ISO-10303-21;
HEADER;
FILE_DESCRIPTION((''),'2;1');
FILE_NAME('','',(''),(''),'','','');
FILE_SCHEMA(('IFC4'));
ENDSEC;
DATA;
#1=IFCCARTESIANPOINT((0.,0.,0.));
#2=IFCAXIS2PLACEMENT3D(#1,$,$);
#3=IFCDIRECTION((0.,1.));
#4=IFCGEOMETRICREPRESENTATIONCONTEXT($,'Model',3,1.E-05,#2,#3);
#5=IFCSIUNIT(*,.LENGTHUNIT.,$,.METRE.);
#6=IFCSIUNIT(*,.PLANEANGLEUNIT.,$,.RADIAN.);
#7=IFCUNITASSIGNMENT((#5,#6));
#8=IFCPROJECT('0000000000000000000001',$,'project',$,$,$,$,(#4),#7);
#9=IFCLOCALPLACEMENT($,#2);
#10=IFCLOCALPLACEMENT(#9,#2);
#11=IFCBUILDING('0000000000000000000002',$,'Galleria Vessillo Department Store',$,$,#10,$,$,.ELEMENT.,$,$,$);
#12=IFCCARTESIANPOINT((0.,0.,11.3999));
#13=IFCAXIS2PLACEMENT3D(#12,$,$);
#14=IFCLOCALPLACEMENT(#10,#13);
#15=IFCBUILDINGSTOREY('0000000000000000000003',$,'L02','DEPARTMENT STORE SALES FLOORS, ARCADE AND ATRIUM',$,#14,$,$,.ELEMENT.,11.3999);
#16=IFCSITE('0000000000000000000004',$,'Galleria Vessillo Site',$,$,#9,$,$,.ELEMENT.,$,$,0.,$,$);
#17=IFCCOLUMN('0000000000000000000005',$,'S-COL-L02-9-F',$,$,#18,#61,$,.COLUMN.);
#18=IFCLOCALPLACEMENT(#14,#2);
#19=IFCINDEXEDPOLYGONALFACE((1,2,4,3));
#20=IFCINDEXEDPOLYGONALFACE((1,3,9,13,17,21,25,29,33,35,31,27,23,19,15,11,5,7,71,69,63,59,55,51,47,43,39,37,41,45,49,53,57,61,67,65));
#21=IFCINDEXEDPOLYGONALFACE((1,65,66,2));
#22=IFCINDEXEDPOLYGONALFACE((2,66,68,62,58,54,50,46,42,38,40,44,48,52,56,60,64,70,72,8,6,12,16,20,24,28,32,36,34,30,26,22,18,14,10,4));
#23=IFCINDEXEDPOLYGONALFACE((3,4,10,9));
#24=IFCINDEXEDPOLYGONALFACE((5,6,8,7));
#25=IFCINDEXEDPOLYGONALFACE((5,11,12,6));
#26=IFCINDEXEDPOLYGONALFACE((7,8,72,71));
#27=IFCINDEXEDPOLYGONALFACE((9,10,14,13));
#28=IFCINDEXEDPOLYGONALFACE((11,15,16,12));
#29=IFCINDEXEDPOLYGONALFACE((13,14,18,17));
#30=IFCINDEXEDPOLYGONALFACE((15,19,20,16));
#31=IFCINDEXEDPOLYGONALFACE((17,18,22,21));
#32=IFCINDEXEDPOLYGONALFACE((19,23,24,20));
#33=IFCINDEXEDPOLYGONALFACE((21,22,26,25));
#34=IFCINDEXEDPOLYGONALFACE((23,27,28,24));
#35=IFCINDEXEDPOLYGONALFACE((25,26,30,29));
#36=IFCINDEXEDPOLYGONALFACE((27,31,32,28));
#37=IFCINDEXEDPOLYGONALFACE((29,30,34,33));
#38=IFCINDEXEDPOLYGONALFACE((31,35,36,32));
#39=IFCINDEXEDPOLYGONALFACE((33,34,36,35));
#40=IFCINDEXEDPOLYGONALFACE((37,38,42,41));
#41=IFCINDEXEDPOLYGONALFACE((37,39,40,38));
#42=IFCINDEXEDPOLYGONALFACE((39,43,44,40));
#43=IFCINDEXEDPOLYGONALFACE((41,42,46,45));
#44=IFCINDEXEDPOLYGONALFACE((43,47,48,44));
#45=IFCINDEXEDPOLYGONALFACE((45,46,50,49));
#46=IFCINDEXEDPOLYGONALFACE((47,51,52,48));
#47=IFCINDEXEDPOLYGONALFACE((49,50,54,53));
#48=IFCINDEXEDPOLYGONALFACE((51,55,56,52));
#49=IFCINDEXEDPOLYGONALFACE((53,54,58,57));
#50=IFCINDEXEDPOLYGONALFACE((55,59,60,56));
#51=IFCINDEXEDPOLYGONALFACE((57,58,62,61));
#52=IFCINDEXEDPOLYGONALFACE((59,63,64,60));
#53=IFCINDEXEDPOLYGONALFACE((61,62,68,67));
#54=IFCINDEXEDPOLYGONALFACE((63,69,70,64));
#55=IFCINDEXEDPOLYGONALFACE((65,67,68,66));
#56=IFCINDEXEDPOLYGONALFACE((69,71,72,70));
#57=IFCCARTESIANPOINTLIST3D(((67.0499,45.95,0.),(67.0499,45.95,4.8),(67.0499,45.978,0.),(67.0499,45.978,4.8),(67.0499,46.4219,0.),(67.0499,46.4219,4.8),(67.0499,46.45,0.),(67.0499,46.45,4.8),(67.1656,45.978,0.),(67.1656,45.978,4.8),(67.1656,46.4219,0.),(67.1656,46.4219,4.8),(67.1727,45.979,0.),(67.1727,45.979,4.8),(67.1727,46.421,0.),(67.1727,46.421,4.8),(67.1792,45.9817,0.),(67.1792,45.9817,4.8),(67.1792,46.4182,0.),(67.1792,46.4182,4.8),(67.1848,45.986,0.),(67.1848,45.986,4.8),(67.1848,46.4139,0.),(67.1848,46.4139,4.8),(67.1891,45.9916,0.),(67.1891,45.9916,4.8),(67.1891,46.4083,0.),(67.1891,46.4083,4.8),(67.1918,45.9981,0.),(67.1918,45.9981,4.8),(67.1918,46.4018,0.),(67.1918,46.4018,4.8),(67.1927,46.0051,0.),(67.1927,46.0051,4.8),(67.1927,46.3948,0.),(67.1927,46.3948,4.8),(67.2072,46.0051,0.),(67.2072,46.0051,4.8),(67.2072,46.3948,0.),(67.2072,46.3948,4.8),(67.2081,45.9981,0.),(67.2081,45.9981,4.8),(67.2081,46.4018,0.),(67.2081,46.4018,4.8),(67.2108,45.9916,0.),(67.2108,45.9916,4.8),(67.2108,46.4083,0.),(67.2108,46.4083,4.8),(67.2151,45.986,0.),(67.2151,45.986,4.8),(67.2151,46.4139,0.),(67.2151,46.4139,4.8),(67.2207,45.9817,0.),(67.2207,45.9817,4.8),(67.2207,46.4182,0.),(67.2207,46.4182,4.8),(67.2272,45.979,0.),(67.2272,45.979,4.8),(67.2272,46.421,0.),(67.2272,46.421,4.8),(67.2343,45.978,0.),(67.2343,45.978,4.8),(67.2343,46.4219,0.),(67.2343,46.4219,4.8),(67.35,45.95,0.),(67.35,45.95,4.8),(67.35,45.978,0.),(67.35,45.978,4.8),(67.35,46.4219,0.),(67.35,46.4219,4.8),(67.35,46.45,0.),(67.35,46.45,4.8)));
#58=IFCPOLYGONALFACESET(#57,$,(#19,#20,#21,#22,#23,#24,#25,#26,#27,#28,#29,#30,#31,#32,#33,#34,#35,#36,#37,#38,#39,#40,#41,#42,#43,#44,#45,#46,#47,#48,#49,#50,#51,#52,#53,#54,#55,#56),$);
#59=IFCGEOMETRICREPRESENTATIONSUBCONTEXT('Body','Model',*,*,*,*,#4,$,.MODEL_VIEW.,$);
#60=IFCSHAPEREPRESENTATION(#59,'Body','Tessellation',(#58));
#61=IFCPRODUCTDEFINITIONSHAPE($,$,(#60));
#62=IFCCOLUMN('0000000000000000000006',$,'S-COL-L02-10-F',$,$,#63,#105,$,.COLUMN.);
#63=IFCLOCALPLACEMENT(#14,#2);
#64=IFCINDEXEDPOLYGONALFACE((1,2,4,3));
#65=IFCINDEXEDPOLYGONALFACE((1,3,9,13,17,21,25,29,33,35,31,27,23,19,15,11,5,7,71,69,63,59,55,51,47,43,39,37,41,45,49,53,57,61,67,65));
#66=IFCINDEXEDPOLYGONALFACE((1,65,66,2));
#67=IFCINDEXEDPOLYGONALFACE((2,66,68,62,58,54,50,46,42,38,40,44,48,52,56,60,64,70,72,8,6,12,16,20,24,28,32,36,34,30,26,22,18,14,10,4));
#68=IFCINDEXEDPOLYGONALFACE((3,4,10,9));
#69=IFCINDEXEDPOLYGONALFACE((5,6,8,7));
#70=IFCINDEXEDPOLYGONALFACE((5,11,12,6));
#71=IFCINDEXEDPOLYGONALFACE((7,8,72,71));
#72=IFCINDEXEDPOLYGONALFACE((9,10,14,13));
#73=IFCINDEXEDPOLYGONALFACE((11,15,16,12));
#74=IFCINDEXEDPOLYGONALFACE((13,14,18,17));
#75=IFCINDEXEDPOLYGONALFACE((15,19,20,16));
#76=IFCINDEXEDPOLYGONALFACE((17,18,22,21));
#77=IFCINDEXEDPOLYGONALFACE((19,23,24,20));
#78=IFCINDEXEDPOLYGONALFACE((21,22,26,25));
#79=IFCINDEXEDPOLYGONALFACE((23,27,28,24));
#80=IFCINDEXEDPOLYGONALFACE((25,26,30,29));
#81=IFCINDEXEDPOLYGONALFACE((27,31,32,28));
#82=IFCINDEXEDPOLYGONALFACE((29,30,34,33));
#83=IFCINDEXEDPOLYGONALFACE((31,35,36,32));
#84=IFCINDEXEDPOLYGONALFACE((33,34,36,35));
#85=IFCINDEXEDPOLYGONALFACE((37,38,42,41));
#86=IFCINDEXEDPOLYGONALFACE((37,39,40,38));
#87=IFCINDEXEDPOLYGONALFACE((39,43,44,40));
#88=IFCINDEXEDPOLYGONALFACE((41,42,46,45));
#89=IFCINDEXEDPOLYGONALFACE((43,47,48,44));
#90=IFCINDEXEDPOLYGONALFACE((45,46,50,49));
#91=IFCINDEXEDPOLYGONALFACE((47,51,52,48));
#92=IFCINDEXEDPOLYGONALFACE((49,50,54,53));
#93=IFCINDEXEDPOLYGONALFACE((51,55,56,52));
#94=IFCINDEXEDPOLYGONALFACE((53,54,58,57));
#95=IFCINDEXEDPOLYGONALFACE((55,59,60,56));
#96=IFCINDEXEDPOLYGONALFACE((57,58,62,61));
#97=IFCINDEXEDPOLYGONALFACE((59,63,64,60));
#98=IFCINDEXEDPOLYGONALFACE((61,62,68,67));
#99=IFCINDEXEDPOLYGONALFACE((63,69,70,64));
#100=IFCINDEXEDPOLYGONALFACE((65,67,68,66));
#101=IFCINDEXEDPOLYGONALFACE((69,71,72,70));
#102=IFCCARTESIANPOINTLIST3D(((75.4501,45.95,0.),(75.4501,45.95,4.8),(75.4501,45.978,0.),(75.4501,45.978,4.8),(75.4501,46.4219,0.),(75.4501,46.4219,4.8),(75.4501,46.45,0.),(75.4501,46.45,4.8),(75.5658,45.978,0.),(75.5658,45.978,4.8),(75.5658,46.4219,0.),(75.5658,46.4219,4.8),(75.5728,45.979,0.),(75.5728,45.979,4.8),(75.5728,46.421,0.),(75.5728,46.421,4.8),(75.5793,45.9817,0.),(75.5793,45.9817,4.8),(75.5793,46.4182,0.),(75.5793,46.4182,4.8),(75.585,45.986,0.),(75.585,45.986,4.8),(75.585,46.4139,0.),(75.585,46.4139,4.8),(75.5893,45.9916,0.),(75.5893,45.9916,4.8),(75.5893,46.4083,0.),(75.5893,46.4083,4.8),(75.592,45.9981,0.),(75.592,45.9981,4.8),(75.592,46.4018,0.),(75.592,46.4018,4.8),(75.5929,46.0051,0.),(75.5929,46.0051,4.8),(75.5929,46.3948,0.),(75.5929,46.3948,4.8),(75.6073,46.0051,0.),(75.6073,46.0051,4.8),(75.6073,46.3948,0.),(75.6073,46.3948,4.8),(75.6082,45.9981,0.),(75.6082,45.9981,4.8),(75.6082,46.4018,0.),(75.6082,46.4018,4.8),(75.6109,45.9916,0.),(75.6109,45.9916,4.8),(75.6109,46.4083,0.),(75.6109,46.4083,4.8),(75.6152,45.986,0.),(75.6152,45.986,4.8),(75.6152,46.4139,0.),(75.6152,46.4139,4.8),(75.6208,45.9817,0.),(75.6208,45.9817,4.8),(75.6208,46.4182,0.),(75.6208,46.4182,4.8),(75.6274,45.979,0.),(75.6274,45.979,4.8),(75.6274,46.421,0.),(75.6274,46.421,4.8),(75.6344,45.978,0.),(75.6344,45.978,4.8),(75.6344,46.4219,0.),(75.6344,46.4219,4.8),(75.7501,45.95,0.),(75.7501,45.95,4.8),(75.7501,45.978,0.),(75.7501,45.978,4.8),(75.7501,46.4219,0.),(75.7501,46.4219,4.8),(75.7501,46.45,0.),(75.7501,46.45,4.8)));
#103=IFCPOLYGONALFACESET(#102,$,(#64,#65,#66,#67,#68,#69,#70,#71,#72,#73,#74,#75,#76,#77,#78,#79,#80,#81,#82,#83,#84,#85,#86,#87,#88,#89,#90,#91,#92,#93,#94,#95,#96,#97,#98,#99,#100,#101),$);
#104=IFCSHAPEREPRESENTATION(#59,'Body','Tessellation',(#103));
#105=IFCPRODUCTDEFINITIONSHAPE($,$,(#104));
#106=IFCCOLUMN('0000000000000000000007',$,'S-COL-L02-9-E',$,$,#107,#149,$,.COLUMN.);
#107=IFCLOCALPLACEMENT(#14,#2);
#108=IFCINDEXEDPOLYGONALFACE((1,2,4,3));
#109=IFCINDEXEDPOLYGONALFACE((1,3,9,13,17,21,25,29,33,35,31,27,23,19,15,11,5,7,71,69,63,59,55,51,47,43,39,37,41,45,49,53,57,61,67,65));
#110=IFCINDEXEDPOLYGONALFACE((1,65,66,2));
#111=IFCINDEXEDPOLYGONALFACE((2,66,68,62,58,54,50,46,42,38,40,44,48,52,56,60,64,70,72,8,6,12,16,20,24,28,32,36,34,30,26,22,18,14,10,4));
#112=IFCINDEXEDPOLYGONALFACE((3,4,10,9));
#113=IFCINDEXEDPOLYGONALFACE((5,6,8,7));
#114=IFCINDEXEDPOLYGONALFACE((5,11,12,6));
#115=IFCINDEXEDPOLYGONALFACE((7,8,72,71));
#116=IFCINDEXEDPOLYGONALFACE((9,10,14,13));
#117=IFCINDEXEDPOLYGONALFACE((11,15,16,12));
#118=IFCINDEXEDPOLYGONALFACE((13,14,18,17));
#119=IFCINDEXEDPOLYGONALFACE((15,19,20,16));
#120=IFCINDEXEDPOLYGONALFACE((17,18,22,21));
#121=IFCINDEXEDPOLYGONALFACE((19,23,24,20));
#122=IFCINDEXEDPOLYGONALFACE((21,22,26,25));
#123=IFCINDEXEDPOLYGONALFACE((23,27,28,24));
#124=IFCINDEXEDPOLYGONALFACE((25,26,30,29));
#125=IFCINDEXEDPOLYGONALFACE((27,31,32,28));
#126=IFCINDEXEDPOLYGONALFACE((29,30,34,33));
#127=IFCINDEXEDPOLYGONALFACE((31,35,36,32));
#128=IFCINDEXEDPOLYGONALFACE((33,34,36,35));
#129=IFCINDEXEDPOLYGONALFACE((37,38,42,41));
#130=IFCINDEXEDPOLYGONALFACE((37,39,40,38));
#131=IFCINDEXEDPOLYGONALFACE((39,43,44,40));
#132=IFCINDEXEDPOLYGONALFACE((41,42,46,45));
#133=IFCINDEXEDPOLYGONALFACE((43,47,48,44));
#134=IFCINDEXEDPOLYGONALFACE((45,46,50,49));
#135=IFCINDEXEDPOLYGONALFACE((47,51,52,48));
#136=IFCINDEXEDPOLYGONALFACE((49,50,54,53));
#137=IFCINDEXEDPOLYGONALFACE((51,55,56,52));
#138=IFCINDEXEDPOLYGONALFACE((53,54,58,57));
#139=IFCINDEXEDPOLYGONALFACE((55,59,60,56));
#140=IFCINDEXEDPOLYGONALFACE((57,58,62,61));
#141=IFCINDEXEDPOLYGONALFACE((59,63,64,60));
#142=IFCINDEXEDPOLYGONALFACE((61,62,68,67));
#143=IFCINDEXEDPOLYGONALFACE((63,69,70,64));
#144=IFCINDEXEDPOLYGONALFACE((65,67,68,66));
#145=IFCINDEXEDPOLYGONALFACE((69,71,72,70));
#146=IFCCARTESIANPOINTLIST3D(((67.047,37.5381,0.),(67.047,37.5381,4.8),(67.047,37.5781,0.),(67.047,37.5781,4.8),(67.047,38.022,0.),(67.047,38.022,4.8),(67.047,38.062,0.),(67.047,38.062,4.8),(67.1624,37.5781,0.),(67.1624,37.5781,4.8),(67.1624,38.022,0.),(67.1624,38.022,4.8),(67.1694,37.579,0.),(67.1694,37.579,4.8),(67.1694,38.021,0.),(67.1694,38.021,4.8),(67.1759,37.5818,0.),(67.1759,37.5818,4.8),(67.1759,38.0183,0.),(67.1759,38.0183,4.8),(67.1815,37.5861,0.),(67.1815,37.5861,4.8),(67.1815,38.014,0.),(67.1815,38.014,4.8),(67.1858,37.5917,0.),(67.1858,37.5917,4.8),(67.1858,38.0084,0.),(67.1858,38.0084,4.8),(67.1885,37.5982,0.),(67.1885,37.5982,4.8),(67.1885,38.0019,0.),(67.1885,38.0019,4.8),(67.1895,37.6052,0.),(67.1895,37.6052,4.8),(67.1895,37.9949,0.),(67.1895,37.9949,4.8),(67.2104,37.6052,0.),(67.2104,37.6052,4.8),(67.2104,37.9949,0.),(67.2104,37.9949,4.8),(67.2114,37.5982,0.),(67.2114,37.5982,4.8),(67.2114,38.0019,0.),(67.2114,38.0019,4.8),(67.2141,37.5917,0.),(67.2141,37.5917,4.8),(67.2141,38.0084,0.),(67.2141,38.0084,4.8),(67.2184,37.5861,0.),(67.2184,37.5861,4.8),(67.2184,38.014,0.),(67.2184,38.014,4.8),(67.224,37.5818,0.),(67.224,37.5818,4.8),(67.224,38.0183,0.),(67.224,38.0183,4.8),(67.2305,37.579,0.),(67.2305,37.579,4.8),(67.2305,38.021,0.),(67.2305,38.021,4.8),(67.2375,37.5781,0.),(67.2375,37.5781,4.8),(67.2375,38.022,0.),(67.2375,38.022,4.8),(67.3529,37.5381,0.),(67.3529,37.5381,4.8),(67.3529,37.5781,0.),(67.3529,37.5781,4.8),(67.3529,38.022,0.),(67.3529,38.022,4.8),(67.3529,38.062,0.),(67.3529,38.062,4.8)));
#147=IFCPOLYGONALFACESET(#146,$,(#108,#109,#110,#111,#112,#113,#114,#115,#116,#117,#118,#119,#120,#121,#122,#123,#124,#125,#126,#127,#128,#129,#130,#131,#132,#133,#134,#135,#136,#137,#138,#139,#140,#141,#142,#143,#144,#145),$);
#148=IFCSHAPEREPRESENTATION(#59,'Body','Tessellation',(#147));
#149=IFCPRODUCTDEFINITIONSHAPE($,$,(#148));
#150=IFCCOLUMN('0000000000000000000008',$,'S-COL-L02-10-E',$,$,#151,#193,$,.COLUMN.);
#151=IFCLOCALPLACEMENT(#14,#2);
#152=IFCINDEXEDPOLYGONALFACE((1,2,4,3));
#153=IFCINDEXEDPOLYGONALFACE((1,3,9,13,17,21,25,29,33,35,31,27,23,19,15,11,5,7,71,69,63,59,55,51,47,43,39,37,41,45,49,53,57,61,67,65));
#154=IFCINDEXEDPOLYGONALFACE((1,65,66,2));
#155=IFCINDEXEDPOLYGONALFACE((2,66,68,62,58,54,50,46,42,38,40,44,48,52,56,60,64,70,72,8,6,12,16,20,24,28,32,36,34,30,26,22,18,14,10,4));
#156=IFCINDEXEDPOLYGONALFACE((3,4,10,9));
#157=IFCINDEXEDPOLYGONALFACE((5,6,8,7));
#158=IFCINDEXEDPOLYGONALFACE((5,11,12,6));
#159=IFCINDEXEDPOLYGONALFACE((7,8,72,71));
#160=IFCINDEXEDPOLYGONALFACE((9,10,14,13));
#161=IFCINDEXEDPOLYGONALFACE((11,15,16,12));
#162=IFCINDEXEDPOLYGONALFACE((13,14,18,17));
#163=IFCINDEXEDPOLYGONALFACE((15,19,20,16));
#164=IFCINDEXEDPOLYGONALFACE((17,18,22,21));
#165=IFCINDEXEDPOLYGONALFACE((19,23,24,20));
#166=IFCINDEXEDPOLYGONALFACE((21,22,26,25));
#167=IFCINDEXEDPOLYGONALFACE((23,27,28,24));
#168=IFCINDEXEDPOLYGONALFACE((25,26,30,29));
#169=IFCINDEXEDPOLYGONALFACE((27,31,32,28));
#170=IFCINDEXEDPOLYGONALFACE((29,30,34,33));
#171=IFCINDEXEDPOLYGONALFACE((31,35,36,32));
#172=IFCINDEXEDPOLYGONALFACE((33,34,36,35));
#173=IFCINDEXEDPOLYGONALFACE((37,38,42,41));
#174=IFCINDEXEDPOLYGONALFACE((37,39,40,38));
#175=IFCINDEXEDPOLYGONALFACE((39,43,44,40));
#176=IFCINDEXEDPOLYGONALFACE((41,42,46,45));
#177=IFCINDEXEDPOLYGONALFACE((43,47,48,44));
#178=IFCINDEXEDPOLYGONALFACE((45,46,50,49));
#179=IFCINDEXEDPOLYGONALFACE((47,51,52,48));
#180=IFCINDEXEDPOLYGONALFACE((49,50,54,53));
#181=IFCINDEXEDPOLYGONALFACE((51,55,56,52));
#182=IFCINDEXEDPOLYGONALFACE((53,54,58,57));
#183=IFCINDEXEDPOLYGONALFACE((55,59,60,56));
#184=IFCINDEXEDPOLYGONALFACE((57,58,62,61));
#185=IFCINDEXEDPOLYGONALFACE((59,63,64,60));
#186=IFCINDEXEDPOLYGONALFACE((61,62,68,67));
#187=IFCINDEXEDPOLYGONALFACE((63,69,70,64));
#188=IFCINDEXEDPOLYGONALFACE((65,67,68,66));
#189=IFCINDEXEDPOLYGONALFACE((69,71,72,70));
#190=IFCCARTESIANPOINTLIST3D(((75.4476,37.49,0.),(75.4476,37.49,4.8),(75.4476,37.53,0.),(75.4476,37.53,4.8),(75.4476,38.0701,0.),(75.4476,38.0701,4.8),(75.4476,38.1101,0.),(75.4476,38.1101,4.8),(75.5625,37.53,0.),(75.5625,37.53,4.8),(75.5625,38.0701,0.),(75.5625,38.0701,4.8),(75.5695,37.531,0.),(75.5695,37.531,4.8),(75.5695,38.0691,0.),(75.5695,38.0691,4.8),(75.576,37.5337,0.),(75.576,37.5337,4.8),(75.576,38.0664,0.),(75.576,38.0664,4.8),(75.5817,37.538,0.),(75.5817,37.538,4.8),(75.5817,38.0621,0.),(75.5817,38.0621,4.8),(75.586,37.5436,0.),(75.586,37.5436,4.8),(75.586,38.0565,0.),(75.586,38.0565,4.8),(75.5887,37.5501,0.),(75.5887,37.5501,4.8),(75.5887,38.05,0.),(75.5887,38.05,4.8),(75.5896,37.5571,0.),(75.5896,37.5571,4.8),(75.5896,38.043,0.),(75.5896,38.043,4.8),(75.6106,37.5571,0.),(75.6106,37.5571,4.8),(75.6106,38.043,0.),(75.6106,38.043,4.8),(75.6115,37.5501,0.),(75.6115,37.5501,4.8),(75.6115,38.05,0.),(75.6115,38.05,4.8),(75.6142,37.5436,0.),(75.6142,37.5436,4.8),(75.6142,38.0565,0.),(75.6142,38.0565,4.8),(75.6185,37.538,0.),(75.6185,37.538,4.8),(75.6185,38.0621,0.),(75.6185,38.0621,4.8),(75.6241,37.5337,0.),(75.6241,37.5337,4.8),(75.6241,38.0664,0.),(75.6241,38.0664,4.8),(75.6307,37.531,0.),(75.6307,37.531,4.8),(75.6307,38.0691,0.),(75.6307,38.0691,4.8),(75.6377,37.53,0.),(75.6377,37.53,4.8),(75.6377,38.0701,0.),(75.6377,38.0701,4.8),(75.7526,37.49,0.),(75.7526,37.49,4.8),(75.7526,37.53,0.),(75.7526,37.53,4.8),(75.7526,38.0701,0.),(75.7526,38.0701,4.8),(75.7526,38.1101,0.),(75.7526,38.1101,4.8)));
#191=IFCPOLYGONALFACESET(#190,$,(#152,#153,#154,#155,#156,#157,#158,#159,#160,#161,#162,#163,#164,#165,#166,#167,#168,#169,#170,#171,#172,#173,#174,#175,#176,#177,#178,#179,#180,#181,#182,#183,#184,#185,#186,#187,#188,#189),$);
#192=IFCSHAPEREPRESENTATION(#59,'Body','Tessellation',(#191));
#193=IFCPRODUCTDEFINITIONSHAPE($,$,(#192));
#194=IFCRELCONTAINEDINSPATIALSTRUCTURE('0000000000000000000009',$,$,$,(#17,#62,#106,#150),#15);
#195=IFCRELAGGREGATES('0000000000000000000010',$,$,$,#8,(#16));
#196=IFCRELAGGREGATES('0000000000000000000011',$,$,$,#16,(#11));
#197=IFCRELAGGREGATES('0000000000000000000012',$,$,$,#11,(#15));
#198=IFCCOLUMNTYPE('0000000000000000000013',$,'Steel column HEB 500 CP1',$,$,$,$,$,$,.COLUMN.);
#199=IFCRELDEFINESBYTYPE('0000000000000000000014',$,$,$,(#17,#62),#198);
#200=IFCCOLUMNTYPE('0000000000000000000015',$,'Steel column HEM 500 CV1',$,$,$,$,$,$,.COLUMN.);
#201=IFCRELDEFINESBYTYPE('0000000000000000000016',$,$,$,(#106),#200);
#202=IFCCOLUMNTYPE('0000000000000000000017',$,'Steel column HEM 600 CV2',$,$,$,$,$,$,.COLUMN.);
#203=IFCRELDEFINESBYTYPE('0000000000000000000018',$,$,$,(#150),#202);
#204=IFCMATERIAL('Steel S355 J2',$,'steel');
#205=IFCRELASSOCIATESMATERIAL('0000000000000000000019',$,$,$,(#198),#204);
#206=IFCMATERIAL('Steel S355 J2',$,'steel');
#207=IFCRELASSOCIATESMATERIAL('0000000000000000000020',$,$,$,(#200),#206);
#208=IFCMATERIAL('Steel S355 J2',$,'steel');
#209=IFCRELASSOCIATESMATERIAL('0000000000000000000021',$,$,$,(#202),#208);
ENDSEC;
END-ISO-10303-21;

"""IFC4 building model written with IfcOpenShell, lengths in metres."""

from ifc_helpers import new_model, si_unit, direction, frame, origin, origin_2d, place, context, subcontext, project, spatial, i_section, extrude, material, material_profile, profile_set, type_object, element, save


model = new_model("IFC4")

# Units and contexts
model_context = context("Model", 3, precision=1e-05, world=origin(), true_north=direction((0.0, 1.0)))
body_context = subcontext(model_context, "Body", "Model", "MODEL_VIEW")
ifc_project = project(units=[si_unit("LENGTHUNIT", "METRE"), si_unit("PLANEANGLEUNIT", "RADIAN")], contexts=[model_context])

# Site, building, storey
site_placement = place(None, origin())
site = spatial("IfcSite", under=ifc_project, at=site_placement, Name="Galleria Vessillo Site", CompositionType="ELEMENT", RefElevation=0.0)
building_placement = place(site_placement, origin())
building = spatial("IfcBuilding", under=site, at=building_placement, Name="Galleria Vessillo Department Store", CompositionType="ELEMENT")
storey_placement = place(building_placement, frame((0.0, 0.0, 11.3999)))
storey = spatial("IfcBuildingStorey", under=building, at=storey_placement, Name="L02", Description="DEPARTMENT STORE SALES FLOORS, ARCADE AND ATRIUM", CompositionType="ELEMENT", Elevation=11.3999)

# Columns
ifc_material_1 = material(Name="Steel S355 J2", Category="steel")
ifc_material_profile_1 = material_profile(ifc_material_1, i_section(OverallWidth=0.3, OverallDepth=0.5, WebThickness=0.0144, FlangeThickness=0.0281, FilletRadius=0.0271, at=origin_2d()), Name="HEB 500")
ifc_profile_set_1 = profile_set([ifc_material_profile_1], Name="Steel S355 J2")
column_type_1 = type_object("IfcColumnType", Name="Steel column HEB 500 CP1", PredefinedType="COLUMN", material=ifc_profile_set_1)
for number, where, z_axis, x_axis, name in (
    (1, (67.2, 46.2, 0.0), (0.0, 0.0, 1.0), (1.0, 0.0, 0.0), "S-COL-L02-9-F"),
    (2, (75.6001, 46.2, 0.0), (0.0, 0.0, 1.0), (1.0, 0.0, 0.0), "S-COL-L02-10-F"),
):
    element("IfcColumn", number, at=place(storey_placement, frame(where, z_axis=z_axis, x_axis=x_axis)), inside=storey, type_object=column_type_1, Name=name, PredefinedType="COLUMN", context=body_context, shape_type="SweptSolid", body=[
        extrude(i_section(OverallWidth=0.3, OverallDepth=0.5, WebThickness=0.0144, FlangeThickness=0.0281, FilletRadius=0.0271, at=origin_2d()), origin(), (0.0, 0.0, 1.0), 4.8),
    ])
ifc_material_2 = material(Name="Steel S355 J2", Category="steel")
ifc_material_profile_2 = material_profile(ifc_material_2, i_section(OverallWidth=0.3059, OverallDepth=0.5239, WebThickness=0.021, FlangeThickness=0.04, FilletRadius=0.0271, at=origin_2d()), Name="HEM 500")
ifc_profile_set_2 = profile_set([ifc_material_profile_2], Name="Steel S355 J2")
column_type_2 = type_object("IfcColumnType", Name="Steel column HEM 500 CV1", PredefinedType="COLUMN", material=ifc_profile_set_2)
column_1_placement = place(storey_placement, frame((67.2, 37.8, 0.0), z_axis=(0.0, 0.0, 1.0), x_axis=(1.0, 0.0, 0.0)))
element("IfcColumn", 3, at=column_1_placement, inside=storey, type_object=column_type_2, Name="S-COL-L02-9-E", PredefinedType="COLUMN", context=body_context, shape_type="SweptSolid", body=[
    extrude(i_section(OverallWidth=0.3059, OverallDepth=0.5239, WebThickness=0.021, FlangeThickness=0.04, FilletRadius=0.0271, at=origin_2d()), origin(), (0.0, 0.0, 1.0), 4.8),
])
ifc_material_3 = material(Name="Steel S355 J2", Category="steel")
ifc_material_profile_3 = material_profile(ifc_material_3, i_section(OverallWidth=0.3049, OverallDepth=0.6201, WebThickness=0.021, FlangeThickness=0.04, FilletRadius=0.0271, at=origin_2d()), Name="HEM 600")
ifc_profile_set_3 = profile_set([ifc_material_profile_3], Name="Steel S355 J2")
column_type_3 = type_object("IfcColumnType", Name="Steel column HEM 600 CV2", PredefinedType="COLUMN", material=ifc_profile_set_3)
column_2_placement = place(storey_placement, frame((75.6001, 37.8, 0.0), z_axis=(0.0, 0.0, 1.0), x_axis=(1.0, 0.0, 0.0)))
element("IfcColumn", 4, at=column_2_placement, inside=storey, type_object=column_type_3, Name="S-COL-L02-10-E", PredefinedType="COLUMN", context=body_context, shape_type="SweptSolid", body=[
    extrude(i_section(OverallWidth=0.3049, OverallDepth=0.6201, WebThickness=0.021, FlangeThickness=0.04, FilletRadius=0.0271, at=origin_2d()), origin(), (0.0, 0.0, 1.0), 4.8),
])

save(model, "model.ifc")
